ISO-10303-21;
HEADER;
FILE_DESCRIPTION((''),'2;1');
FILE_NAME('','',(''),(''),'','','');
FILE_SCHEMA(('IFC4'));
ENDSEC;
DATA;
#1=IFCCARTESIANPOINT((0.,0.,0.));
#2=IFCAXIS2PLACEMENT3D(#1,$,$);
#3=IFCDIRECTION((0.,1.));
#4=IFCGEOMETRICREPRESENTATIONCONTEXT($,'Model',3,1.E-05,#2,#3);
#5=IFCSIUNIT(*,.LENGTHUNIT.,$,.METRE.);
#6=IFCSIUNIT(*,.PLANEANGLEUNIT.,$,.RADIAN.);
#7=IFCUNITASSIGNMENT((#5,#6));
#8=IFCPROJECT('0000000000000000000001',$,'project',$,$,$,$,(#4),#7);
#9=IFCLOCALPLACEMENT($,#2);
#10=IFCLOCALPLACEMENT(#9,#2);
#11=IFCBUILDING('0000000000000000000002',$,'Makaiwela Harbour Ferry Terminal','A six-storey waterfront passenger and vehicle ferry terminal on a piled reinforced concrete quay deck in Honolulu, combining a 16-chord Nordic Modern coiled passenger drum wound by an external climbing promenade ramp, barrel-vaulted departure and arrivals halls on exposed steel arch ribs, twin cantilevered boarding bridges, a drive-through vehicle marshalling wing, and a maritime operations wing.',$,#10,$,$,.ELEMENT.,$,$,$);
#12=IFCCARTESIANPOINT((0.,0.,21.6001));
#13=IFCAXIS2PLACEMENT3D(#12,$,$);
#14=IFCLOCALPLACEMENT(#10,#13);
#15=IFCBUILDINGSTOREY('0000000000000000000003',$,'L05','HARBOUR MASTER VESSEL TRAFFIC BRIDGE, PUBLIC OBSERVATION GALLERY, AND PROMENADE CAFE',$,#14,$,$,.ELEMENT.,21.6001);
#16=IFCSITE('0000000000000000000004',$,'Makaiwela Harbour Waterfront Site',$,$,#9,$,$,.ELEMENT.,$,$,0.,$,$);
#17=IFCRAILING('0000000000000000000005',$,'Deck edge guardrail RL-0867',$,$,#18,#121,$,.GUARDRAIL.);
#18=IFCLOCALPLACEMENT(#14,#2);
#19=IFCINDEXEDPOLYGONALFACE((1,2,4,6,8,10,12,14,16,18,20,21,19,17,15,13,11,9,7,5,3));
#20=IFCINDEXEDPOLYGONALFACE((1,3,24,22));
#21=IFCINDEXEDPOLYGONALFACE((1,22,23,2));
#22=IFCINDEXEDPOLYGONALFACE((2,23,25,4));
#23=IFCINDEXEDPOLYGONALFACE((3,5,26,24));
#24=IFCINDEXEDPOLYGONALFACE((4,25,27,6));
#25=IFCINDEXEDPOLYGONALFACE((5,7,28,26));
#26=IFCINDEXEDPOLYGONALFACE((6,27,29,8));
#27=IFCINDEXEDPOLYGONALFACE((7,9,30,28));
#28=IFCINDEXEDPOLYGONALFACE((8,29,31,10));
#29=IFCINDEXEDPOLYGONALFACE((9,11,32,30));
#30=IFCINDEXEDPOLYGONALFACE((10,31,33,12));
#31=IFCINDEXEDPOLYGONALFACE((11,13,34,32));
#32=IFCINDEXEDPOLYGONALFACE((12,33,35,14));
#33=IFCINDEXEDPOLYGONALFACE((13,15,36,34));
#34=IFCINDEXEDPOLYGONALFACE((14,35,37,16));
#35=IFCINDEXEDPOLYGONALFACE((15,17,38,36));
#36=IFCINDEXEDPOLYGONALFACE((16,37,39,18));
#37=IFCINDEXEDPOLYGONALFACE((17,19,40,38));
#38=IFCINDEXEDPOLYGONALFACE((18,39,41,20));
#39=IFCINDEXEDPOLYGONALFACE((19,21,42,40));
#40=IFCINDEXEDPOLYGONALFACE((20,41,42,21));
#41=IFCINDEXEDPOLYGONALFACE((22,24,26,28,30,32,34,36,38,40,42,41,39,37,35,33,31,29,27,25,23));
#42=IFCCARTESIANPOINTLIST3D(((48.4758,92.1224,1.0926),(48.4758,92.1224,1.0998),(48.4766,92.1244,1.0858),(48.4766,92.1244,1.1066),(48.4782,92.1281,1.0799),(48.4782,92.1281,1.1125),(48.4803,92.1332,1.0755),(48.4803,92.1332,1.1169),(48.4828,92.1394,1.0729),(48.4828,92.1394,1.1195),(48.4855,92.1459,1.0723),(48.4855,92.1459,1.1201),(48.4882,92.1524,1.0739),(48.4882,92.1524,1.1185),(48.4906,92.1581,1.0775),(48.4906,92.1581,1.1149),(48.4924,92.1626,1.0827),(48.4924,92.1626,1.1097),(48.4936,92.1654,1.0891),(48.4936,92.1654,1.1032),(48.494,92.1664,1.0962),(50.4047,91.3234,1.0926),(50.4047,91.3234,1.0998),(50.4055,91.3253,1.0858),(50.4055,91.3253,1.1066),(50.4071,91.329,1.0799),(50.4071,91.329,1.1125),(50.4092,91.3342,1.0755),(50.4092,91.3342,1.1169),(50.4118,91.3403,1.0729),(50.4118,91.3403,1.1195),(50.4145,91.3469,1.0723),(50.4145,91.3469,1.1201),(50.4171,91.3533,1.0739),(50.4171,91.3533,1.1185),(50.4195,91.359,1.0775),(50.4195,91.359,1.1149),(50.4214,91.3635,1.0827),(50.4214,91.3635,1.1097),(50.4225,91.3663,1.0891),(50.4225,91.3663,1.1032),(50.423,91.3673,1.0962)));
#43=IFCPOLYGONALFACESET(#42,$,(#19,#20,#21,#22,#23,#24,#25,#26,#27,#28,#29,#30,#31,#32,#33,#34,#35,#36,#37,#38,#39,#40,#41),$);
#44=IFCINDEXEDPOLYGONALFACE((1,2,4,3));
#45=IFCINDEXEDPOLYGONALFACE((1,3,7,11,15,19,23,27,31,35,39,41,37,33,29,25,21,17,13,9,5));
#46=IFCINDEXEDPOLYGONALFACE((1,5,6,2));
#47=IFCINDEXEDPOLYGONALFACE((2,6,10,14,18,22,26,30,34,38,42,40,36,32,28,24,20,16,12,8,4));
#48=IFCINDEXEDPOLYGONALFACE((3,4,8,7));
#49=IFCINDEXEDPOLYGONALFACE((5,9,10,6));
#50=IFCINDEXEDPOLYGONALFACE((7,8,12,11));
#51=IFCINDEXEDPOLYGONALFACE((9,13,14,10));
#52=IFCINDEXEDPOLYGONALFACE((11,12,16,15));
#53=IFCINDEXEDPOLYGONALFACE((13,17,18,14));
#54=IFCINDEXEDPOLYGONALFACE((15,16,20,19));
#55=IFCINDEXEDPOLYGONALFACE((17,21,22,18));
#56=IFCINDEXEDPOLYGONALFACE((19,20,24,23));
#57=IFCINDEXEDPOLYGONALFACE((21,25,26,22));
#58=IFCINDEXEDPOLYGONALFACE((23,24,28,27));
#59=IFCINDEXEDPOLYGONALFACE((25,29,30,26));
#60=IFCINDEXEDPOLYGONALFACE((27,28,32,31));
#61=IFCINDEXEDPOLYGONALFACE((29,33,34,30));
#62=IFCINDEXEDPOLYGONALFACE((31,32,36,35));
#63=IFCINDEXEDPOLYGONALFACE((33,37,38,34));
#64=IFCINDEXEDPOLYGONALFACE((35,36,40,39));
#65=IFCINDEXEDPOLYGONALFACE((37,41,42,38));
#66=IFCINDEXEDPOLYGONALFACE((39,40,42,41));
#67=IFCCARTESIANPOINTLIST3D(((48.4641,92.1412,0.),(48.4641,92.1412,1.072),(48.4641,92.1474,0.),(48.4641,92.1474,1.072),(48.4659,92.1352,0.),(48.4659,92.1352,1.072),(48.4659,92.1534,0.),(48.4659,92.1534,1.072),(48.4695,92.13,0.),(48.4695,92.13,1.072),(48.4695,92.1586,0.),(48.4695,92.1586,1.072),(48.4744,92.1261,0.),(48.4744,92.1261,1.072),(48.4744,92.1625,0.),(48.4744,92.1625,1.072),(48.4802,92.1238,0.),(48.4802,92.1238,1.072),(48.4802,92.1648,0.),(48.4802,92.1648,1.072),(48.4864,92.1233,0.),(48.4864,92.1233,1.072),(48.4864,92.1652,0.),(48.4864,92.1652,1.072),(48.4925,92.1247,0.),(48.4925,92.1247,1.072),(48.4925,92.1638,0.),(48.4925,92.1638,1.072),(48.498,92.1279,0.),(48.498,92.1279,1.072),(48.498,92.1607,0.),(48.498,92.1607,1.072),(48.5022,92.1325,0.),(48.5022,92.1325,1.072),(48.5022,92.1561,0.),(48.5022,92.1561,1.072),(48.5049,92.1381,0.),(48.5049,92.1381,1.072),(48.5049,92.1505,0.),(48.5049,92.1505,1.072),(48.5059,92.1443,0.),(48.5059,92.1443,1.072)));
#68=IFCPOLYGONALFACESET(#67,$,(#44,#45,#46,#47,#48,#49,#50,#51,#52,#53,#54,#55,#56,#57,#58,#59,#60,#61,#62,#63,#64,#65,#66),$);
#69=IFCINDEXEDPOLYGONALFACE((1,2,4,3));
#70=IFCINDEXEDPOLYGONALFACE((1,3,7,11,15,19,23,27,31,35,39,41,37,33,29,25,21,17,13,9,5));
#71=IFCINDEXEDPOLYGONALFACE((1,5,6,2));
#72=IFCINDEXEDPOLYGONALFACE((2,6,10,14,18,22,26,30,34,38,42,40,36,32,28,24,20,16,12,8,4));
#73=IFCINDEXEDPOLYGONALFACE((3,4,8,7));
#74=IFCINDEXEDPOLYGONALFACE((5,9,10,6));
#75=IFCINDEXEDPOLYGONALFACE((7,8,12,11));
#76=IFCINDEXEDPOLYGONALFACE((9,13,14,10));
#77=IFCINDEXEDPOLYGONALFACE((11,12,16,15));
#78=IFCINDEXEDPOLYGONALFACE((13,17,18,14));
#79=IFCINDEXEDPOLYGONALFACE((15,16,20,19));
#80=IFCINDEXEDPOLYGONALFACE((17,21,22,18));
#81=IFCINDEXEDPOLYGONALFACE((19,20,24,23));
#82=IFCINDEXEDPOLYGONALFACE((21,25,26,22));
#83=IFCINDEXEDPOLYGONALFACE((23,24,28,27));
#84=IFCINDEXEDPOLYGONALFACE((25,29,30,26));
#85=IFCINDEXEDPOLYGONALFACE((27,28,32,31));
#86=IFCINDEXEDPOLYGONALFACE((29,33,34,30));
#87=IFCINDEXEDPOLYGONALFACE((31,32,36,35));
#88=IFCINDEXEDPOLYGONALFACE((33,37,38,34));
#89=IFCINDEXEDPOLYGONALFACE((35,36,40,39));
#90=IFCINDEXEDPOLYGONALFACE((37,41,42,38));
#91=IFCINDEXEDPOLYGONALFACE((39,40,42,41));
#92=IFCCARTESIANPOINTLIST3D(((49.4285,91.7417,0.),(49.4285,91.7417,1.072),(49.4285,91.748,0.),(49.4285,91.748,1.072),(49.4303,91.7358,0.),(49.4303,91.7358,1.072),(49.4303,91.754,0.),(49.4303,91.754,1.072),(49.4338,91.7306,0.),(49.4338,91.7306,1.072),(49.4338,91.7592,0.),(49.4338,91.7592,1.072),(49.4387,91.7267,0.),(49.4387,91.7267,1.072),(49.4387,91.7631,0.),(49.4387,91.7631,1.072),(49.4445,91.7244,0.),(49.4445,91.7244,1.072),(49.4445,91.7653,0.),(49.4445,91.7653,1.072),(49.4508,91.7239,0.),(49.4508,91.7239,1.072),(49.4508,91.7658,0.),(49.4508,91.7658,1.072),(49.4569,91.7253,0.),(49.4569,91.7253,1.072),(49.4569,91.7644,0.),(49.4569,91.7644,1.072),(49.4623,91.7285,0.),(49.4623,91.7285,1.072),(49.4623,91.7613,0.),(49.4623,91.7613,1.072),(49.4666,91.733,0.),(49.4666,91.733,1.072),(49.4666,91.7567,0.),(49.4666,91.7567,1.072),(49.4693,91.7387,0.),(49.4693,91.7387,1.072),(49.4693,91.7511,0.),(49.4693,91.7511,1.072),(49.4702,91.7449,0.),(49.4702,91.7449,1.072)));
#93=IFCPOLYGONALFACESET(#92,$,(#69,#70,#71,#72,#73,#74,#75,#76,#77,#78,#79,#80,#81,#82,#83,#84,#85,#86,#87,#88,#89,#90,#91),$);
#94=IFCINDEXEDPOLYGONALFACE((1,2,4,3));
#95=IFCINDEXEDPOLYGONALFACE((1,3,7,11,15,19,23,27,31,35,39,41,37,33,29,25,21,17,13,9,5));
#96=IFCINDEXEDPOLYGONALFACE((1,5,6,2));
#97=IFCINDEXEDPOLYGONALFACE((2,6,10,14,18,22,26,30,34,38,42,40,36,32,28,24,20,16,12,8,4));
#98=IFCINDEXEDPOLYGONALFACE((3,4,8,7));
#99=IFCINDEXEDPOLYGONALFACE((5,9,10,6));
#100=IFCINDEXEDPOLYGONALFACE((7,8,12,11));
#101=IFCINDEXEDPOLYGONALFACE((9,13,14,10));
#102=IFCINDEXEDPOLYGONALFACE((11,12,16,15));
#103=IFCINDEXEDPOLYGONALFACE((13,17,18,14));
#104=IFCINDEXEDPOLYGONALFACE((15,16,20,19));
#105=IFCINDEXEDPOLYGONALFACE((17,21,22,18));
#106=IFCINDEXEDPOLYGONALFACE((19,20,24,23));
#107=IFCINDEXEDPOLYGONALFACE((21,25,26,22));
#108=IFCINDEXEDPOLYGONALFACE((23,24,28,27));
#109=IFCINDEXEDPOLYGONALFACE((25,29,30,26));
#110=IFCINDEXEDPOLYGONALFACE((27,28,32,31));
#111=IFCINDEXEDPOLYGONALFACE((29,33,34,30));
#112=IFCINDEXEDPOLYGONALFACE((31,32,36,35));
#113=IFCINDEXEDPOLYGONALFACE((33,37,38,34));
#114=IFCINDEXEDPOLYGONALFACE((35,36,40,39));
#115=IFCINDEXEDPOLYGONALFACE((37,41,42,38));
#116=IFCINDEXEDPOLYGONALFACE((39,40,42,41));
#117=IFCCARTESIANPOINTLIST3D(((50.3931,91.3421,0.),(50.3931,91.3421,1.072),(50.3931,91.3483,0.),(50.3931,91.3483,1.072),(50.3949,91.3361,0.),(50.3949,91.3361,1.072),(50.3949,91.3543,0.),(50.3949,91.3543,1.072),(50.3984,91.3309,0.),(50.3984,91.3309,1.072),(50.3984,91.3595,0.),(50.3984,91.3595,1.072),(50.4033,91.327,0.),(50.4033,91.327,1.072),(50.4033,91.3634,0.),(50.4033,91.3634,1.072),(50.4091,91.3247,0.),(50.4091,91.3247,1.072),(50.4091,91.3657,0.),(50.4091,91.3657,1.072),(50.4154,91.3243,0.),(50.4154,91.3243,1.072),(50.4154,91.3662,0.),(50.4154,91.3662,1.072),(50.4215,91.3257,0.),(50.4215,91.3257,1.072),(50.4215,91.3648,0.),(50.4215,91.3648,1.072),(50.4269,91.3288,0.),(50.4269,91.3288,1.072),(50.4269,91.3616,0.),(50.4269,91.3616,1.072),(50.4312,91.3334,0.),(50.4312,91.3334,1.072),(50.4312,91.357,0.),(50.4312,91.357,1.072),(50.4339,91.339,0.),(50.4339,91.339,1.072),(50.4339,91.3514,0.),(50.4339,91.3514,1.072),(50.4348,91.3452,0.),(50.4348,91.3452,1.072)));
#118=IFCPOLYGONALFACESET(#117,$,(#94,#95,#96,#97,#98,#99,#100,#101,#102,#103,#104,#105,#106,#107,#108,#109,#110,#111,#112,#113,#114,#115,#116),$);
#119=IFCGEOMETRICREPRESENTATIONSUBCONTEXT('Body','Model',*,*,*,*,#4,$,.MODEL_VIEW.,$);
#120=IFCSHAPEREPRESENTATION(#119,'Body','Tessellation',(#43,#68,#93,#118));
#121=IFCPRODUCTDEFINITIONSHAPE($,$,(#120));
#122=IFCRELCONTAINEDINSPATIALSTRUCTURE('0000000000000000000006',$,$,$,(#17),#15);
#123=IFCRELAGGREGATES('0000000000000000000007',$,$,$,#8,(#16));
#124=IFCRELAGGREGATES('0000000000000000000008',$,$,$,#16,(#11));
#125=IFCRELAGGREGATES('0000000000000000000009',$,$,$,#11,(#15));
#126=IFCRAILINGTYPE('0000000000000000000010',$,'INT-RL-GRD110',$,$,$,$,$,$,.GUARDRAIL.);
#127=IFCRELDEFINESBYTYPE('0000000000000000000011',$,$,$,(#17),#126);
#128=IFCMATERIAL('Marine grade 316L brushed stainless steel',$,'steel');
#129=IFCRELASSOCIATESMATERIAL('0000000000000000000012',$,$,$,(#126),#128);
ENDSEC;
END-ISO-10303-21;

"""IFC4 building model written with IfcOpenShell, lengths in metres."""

from ifc_helpers import new_model, si_unit, direction, frame, origin, origin_2d, place, context, subcontext, project, spatial, circle, extrude, material, type_object, element, save


model = new_model("IFC4")

# Units and contexts
model_context = context("Model", 3, precision=1e-05, world=origin(), true_north=direction((0.0, 1.0)))
body_context = subcontext(model_context, "Body", "Model", "MODEL_VIEW")
ifc_project = project(units=[si_unit("LENGTHUNIT", "METRE"), si_unit("PLANEANGLEUNIT", "RADIAN")], contexts=[model_context])

# Site, building, storey
site_placement = place(None, origin())
site = spatial("IfcSite", under=ifc_project, at=site_placement, Name="Makaiwela Harbour Waterfront Site", CompositionType="ELEMENT", RefElevation=0.0)
building_placement = place(site_placement, origin())
building = spatial("IfcBuilding", under=site, at=building_placement, Name="Makaiwela Harbour Ferry Terminal", Description="A six-storey waterfront passenger and vehicle ferry terminal on a piled reinforced concrete quay deck in Honolulu, combining a 16-chord Nordic Modern coiled passenger drum wound by an external climbing promenade ramp, barrel-vaulted departure and arrivals halls on exposed steel arch ribs, twin cantilevered boarding bridges, a drive-through vehicle marshalling wing, and a maritime operations wing.", CompositionType="ELEMENT")
storey_placement = place(building_placement, frame((0.0, 0.0, 21.6001)))
storey = spatial("IfcBuildingStorey", under=building, at=storey_placement, Name="L05", Description="HARBOUR MASTER VESSEL TRAFFIC BRIDGE, PUBLIC OBSERVATION GALLERY, AND PROMENADE CAFE", CompositionType="ELEMENT", Elevation=21.6001)

# Railing
ifc_material_1 = material(Name="Marine grade 316L brushed stainless steel", Category="steel")
railing_type = type_object("IfcRailingType", Name="INT-RL-GRD110", PredefinedType="GUARDRAIL", material=ifc_material_1)
railing_1_placement = place(storey_placement, frame((48.4849, 92.1443, 0.0)))
element("IfcRailing", 1, at=railing_1_placement, inside=storey, type_object=railing_type, Name="Deck edge guardrail RL-0867", PredefinedType="GUARDRAIL", context=body_context, shape_type="SweptSolid", body=[
    extrude(circle(Radius=0.0239, at=origin_2d()), frame((0.0, 0.0, 1.0962), z_axis=(0.923867, -0.382713, 0.0), x_axis=(0.382713, 0.923867, 0.0)), (0.0, 0.0, 1.0), 2.0879),
    extrude(circle(Radius=0.021, at=origin_2d()), origin(), (0.0, 0.0, 1.0), 1.072),
    extrude(circle(Radius=0.021, at=origin_2d()), frame((0.9644, -0.3994, 0.0)), (0.0, 0.0, 1.0), 1.072),
    extrude(circle(Radius=0.021, at=origin_2d()), frame((1.929, -0.7991, 0.0)), (0.0, 0.0, 1.0), 1.072),
])

save(model, "model.ifc")
